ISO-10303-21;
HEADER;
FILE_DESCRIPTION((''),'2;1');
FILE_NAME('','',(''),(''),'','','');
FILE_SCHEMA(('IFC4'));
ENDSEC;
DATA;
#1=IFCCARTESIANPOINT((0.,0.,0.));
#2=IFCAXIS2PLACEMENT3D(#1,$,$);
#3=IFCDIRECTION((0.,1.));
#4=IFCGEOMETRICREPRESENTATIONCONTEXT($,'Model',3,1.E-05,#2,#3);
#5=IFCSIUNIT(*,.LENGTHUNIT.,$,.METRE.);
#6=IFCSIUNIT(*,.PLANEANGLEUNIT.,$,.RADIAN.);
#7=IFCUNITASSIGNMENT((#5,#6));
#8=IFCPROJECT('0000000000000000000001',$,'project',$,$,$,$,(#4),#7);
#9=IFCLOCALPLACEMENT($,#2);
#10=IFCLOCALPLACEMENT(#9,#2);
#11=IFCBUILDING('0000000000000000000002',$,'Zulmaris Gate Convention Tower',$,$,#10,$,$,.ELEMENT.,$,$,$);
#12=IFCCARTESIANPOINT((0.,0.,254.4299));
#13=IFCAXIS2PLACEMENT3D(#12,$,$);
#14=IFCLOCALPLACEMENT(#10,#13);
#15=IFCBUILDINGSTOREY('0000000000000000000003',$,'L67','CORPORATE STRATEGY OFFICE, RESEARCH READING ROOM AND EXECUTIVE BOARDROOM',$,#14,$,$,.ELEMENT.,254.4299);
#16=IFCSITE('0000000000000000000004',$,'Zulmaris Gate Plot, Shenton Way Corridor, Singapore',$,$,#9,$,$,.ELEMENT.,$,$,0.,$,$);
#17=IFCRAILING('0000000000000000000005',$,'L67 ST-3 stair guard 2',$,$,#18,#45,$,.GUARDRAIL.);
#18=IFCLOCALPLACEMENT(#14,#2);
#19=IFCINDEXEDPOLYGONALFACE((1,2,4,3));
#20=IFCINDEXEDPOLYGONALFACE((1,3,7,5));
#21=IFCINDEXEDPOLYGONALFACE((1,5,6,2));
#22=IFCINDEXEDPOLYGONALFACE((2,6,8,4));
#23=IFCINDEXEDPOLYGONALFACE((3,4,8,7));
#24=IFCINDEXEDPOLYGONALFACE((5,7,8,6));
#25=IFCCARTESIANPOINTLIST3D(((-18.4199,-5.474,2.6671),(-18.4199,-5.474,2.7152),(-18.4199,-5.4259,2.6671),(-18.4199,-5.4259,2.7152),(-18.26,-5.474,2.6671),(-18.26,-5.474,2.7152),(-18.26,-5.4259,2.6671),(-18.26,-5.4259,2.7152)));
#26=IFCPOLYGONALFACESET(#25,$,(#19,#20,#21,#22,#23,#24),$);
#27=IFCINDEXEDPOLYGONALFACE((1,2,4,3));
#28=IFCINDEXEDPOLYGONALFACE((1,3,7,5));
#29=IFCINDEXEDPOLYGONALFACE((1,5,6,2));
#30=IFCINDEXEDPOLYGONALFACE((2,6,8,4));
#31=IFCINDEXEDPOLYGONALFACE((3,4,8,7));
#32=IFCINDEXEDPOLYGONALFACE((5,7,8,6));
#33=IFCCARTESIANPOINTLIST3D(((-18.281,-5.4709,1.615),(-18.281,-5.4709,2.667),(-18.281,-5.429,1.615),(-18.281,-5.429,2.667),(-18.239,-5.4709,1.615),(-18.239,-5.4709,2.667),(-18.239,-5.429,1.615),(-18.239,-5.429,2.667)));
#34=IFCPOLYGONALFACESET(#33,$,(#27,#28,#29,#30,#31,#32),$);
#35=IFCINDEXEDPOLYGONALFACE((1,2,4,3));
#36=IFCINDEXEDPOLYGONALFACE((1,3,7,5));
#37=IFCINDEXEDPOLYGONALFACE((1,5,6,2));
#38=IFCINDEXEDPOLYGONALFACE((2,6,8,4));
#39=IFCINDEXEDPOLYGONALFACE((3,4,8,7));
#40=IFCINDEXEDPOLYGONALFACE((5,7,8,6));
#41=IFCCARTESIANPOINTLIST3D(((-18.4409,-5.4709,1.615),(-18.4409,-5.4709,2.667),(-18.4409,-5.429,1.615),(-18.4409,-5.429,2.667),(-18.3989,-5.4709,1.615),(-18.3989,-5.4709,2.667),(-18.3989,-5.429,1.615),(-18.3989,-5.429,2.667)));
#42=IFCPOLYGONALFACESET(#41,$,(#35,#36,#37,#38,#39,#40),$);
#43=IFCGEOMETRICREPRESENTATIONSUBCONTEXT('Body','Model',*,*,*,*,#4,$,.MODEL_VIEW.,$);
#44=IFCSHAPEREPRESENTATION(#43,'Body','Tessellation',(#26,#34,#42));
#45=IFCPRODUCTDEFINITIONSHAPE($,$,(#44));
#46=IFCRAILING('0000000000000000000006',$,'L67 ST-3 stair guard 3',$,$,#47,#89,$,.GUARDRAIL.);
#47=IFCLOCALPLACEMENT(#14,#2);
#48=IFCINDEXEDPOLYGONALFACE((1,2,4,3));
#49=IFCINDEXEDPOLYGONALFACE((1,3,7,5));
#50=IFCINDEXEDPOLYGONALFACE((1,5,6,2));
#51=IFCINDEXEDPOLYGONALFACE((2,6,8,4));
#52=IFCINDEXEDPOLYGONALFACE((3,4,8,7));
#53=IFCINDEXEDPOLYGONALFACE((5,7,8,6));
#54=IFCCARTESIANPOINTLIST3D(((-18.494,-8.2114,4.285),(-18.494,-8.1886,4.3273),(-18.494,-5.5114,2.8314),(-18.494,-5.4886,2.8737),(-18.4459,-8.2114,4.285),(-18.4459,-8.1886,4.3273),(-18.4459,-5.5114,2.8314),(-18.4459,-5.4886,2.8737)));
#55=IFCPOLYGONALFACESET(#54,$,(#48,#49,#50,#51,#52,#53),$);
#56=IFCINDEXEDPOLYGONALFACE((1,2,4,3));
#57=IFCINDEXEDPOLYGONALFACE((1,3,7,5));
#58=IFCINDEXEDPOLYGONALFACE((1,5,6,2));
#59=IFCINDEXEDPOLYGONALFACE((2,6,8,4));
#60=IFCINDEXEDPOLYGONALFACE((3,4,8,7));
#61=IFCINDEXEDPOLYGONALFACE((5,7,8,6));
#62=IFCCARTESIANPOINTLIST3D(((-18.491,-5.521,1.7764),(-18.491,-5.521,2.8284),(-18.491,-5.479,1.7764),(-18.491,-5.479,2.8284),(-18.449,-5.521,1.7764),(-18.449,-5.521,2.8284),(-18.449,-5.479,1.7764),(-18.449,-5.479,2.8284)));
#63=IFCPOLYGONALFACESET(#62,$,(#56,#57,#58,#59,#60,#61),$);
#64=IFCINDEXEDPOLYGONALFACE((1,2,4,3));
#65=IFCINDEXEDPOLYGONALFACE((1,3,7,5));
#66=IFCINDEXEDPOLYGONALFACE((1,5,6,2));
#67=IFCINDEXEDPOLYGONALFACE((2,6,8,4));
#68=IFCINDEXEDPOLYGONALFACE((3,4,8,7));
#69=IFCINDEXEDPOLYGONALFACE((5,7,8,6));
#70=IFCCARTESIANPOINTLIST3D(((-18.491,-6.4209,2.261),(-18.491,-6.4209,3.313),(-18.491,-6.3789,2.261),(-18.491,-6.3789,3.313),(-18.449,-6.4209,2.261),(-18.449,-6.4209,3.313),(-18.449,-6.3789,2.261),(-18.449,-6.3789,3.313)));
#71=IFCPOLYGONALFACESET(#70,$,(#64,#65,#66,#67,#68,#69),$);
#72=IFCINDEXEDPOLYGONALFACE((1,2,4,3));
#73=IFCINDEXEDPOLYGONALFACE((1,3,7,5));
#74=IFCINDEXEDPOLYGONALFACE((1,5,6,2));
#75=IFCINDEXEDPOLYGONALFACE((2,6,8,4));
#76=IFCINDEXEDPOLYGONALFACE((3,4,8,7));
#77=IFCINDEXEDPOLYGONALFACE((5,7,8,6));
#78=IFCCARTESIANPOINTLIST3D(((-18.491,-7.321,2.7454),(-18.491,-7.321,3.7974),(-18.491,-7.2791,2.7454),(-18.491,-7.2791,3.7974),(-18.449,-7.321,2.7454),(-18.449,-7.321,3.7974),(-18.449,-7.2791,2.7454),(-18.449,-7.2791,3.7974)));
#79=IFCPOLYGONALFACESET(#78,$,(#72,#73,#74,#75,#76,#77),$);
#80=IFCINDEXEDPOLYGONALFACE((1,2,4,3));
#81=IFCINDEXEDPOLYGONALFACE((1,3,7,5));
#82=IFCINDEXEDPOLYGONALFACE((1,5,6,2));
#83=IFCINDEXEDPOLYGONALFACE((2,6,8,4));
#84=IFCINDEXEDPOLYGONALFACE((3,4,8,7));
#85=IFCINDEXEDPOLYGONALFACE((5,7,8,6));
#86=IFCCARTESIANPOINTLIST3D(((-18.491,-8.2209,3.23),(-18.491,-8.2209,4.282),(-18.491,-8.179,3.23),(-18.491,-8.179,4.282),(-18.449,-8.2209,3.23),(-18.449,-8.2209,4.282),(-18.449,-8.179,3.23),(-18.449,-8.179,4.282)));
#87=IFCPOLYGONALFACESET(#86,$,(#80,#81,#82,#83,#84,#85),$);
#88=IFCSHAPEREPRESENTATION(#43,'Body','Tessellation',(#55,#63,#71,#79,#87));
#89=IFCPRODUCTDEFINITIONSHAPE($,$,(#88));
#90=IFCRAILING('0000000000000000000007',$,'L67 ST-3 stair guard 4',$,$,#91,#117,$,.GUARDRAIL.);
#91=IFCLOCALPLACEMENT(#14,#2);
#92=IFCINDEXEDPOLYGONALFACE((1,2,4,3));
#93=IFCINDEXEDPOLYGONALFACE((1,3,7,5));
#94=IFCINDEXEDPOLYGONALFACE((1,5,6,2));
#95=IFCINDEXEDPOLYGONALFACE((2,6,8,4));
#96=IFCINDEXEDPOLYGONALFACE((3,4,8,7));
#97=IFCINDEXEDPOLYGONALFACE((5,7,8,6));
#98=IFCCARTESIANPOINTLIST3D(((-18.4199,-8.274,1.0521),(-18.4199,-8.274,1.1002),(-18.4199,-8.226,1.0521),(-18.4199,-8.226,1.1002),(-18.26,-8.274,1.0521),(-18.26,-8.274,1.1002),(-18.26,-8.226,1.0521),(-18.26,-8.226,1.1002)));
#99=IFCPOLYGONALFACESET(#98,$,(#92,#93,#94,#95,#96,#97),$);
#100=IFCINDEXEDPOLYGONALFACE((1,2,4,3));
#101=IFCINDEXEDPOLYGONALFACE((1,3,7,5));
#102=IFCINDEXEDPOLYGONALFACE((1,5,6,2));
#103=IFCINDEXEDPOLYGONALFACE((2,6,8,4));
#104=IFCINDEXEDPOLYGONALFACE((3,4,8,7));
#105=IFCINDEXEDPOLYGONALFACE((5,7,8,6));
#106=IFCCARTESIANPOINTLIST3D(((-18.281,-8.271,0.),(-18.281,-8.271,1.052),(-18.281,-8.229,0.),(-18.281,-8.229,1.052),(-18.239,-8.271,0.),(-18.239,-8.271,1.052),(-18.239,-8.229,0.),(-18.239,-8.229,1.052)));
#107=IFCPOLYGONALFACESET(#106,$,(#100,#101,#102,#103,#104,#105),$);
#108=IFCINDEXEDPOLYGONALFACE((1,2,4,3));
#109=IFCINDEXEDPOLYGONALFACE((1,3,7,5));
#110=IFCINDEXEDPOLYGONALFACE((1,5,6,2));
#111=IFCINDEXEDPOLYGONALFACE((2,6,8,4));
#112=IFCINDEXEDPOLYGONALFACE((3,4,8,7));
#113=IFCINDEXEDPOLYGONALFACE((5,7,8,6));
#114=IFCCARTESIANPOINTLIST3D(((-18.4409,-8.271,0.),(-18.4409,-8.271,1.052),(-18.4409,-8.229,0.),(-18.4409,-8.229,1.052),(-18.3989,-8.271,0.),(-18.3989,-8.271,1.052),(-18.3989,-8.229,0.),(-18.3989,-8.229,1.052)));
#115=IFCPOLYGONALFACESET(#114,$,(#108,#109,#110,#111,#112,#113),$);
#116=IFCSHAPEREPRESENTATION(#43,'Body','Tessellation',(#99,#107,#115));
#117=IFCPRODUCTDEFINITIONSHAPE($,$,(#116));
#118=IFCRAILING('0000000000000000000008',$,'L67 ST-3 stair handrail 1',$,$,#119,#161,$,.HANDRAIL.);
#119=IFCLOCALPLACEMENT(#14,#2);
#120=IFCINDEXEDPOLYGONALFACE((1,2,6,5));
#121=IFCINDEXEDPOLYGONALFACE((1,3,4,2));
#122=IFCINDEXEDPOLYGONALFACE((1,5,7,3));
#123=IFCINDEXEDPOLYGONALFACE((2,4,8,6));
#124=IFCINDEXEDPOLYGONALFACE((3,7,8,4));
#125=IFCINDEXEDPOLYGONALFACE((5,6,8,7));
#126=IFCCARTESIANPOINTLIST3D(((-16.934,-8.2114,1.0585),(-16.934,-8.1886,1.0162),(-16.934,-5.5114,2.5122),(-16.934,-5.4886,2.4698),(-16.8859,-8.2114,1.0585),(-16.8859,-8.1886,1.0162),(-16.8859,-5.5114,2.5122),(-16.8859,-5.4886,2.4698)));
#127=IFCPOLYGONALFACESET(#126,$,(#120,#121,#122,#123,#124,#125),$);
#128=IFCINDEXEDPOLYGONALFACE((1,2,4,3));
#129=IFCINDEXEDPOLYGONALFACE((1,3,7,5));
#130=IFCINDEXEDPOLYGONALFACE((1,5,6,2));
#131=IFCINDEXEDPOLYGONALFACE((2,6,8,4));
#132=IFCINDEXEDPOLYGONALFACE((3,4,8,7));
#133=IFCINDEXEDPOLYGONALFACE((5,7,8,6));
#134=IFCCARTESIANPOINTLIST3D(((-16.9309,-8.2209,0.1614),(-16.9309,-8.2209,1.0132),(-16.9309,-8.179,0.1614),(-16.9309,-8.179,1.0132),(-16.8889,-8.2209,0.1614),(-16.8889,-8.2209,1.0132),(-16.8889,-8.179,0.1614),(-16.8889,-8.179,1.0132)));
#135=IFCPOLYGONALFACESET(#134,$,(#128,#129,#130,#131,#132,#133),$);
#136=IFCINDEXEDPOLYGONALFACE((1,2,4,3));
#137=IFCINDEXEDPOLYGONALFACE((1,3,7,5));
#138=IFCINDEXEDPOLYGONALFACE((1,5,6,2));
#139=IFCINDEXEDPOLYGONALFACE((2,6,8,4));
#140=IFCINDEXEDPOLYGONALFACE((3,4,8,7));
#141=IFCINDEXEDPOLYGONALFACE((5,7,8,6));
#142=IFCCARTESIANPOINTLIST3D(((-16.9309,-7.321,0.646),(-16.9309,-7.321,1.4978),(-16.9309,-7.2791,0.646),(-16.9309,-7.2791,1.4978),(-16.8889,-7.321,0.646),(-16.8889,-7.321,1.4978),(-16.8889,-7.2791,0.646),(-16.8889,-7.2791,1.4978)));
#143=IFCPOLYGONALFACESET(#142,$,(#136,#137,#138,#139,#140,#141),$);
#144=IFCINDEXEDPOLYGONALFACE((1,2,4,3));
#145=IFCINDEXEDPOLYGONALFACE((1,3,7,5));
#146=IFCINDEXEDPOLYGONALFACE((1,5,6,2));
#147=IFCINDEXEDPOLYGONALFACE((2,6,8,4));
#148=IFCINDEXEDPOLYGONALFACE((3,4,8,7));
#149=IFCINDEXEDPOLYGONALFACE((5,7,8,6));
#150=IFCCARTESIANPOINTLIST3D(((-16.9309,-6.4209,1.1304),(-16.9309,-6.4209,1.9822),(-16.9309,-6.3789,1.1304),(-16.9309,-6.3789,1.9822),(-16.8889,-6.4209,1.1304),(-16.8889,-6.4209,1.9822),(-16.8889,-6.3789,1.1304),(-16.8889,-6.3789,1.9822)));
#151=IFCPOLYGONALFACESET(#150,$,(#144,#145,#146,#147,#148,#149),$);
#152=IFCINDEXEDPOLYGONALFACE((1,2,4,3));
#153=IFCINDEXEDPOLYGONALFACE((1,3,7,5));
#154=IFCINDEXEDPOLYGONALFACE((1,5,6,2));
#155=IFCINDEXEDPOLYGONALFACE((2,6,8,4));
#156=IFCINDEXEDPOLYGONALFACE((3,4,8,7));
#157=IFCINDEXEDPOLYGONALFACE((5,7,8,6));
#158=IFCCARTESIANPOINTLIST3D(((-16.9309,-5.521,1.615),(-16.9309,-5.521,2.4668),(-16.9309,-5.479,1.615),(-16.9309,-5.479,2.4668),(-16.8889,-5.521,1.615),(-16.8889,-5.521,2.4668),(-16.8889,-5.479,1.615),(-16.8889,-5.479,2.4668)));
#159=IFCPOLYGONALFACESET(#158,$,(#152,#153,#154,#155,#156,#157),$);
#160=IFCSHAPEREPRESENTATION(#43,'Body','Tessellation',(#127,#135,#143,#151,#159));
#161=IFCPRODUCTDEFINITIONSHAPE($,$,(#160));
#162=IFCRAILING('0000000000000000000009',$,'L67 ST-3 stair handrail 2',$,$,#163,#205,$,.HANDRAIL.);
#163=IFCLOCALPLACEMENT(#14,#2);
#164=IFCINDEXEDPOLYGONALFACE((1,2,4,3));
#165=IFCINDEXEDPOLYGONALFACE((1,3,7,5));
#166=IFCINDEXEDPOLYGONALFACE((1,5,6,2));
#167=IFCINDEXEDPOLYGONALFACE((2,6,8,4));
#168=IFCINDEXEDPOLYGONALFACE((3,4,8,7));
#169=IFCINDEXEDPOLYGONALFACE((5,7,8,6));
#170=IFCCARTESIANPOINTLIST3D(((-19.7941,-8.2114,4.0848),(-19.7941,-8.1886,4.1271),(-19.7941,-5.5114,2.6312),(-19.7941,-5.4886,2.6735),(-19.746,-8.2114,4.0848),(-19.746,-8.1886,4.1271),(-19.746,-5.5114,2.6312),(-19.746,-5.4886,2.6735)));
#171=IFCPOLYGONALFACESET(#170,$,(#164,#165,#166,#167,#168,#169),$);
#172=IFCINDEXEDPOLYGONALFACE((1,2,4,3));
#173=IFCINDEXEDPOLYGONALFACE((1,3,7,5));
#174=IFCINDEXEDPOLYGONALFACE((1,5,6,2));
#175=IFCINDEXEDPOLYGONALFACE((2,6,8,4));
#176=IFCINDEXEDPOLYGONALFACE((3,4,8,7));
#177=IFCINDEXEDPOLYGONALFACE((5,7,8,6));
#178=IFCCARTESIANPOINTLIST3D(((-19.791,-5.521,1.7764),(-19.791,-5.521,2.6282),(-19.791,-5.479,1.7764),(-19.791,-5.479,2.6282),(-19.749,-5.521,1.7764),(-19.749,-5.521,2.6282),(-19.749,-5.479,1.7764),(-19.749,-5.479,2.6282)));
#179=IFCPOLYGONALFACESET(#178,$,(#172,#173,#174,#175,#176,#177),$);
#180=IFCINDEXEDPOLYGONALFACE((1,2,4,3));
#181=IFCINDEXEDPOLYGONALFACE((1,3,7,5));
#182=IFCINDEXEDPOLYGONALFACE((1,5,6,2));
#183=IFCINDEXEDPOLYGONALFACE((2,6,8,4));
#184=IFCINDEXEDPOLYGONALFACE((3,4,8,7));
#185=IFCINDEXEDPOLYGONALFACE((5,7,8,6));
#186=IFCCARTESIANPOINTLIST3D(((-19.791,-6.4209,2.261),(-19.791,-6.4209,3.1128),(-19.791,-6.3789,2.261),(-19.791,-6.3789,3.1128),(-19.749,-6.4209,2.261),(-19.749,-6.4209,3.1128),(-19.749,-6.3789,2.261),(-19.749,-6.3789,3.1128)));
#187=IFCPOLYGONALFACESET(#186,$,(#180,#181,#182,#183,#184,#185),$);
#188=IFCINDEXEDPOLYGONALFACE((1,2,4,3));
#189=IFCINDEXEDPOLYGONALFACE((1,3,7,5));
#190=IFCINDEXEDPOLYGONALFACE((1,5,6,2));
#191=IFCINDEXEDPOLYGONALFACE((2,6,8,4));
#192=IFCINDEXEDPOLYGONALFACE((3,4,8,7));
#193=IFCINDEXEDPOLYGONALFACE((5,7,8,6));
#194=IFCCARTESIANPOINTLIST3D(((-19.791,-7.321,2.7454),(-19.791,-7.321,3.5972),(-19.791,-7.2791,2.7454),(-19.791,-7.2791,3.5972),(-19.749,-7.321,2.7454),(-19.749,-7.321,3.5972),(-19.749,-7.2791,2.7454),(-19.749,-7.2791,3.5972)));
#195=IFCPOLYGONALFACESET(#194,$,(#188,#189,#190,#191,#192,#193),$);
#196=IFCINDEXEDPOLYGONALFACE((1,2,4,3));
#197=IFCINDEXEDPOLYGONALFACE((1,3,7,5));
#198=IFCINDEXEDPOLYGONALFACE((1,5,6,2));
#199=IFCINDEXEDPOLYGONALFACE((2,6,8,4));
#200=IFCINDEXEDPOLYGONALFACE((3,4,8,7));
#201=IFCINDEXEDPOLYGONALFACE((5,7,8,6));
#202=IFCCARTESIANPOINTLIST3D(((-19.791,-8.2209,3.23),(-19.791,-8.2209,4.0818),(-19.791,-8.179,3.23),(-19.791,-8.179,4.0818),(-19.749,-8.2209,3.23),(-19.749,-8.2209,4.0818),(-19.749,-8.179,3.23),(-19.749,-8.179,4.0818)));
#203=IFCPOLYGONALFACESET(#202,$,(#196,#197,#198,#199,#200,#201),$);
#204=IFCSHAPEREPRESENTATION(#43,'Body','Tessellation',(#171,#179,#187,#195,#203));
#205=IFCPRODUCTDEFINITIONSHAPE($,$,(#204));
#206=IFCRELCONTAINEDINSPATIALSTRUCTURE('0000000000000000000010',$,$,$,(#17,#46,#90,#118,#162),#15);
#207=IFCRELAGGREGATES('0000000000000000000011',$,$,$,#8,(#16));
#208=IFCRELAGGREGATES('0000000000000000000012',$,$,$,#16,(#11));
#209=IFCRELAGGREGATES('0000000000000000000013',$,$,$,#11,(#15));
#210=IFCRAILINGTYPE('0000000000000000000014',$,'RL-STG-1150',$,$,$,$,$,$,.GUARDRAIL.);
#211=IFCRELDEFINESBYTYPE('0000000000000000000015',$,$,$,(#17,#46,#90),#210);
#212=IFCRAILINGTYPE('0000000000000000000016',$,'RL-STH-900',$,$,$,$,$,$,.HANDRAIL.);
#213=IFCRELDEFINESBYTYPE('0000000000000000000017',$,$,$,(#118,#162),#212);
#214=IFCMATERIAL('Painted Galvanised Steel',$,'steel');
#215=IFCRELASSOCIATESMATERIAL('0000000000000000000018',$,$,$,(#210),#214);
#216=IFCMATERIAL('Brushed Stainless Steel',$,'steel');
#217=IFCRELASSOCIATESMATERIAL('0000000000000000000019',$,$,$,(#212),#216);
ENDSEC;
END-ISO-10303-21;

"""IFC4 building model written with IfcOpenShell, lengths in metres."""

from ifc_helpers import new_model, si_unit, direction, frame, origin, origin_2d, place, context, subcontext, project, spatial, rectangle, extrude, material, type_object, element, save


model = new_model("IFC4")

# Units and contexts
model_context = context("Model", 3, precision=1e-05, world=origin(), true_north=direction((0.0, 1.0)))
body_context = subcontext(model_context, "Body", "Model", "MODEL_VIEW")
ifc_project = project(units=[si_unit("LENGTHUNIT", "METRE"), si_unit("PLANEANGLEUNIT", "RADIAN")], contexts=[model_context])

# Site, building, storey
site_placement = place(None, origin())
site = spatial("IfcSite", under=ifc_project, at=site_placement, Name="Zulmaris Gate Plot, Shenton Way Corridor, Singapore", CompositionType="ELEMENT", RefElevation=0.0)
building_placement = place(site_placement, origin())
building = spatial("IfcBuilding", under=site, at=building_placement, Name="Zulmaris Gate Convention Tower", CompositionType="ELEMENT")
storey_placement = place(building_placement, frame((0.0, 0.0, 254.4299)))
storey = spatial("IfcBuildingStorey", under=building, at=storey_placement, Name="L67", Description="CORPORATE STRATEGY OFFICE, RESEARCH READING ROOM AND EXECUTIVE BOARDROOM", CompositionType="ELEMENT", Elevation=254.4299)

# Shared definitions
ifc_material_1 = material(Name="Brushed Stainless Steel", Category="steel")

# Railings
ifc_material_2 = material(Name="Painted Galvanised Steel", Category="steel")
railing_type_1 = type_object("IfcRailingType", Name="RL-STG-1150", PredefinedType="GUARDRAIL", material=ifc_material_2)
railing_1_placement = place(storey_placement, frame((-18.26, -5.45, 1.615)))
element("IfcRailing", 1, at=railing_1_placement, inside=storey, type_object=railing_type_1, Name="L67 ST-3 stair guard 2", PredefinedType="GUARDRAIL", context=body_context, shape_type="SweptSolid", body=[
    extrude(rectangle(XDim=0.0481, YDim=0.0481, at=origin_2d()), frame((0.0, 0.0, 1.0762), z_axis=(-1.0, 0.0, 0.0), x_axis=(0.0, -1.0, 0.0)), (0.0, 0.0, 1.0), 0.1599),
    extrude(rectangle(XDim=0.042, YDim=0.042, at=origin_2d()), origin(), (0.0, 0.0, 1.0), 1.052),
    extrude(rectangle(XDim=0.042, YDim=0.042, at=origin_2d()), frame((-0.1599, 0.0, 0.0)), (0.0, 0.0, 1.0), 1.052),
])
railing_2_placement = place(storey_placement, frame((-18.47, -5.5, 1.7764)))
element("IfcRailing", 2, at=railing_2_placement, inside=storey, type_object=railing_type_1, Name="L67 ST-3 stair guard 3", PredefinedType="GUARDRAIL", context=body_context, shape_type="SweptSolid", body=[
    extrude(rectangle(XDim=0.0481, YDim=0.0481, at=origin_2d()), frame((0.0, 0.0, 1.0762), z_axis=(0.0, -0.880499, 0.474048), x_axis=(1.0, 0.0, 0.0)), (0.0, 0.0, 1.0), 3.0664),
    extrude(rectangle(XDim=0.042, YDim=0.042, at=origin_2d()), origin(), (0.0, 0.0, 1.0), 1.052),
    extrude(rectangle(XDim=0.042, YDim=0.042, at=origin_2d()), frame((0.0, -0.8999, 0.4846)), (0.0, 0.0, 1.0), 1.052),
    extrude(rectangle(XDim=0.042, YDim=0.042, at=origin_2d()), frame((0.0, -1.8, 0.969)), (0.0, 0.0, 1.0), 1.052),
    extrude(rectangle(XDim=0.042, YDim=0.042, at=origin_2d()), frame((0.0, -2.7, 1.4536)), (0.0, 0.0, 1.0), 1.052),
])
railing_3_placement = place(storey_placement, frame((-18.26, -8.25, 0.0)))
element("IfcRailing", 3, at=railing_3_placement, inside=storey, type_object=railing_type_1, Name="L67 ST-3 stair guard 4", PredefinedType="GUARDRAIL", context=body_context, shape_type="SweptSolid", body=[
    extrude(rectangle(XDim=0.0481, YDim=0.0481, at=origin_2d()), frame((0.0, 0.0, 1.0762), z_axis=(-1.0, 0.0, 0.0), x_axis=(0.0, -1.0, 0.0)), (0.0, 0.0, 1.0), 0.1599),
    extrude(rectangle(XDim=0.042, YDim=0.042, at=origin_2d()), origin(), (0.0, 0.0, 1.0), 1.052),
    extrude(rectangle(XDim=0.042, YDim=0.042, at=origin_2d()), frame((-0.1599, 0.0, 0.0)), (0.0, 0.0, 1.0), 1.052),
])
railing_type_2 = type_object("IfcRailingType", Name="RL-STH-900", PredefinedType="HANDRAIL", material=ifc_material_1)
railing_4_placement = place(storey_placement, frame((-16.9099, -8.2, 0.1614)))
element("IfcRailing", 4, at=railing_4_placement, inside=storey, type_object=railing_type_2, Name="L67 ST-3 stair handrail 1", PredefinedType="HANDRAIL", context=body_context, shape_type="SweptSolid", body=[
    extrude(rectangle(XDim=0.0481, YDim=0.0481, at=origin_2d()), frame((0.0, 0.0, 0.876), z_axis=(0.0, 0.880499, 0.474048), x_axis=(-1.0, 0.0, 0.0)), (0.0, 0.0, 1.0), 3.0664),
    extrude(rectangle(XDim=0.042, YDim=0.042, at=origin_2d()), origin(), (0.0, 0.0, 1.0), 0.8518),
    extrude(rectangle(XDim=0.042, YDim=0.042, at=origin_2d()), frame((0.0, 0.8999, 0.4846)), (0.0, 0.0, 1.0), 0.8518),
    extrude(rectangle(XDim=0.042, YDim=0.042, at=origin_2d()), frame((0.0, 1.8, 0.969)), (0.0, 0.0, 1.0), 0.8518),
    extrude(rectangle(XDim=0.042, YDim=0.042, at=origin_2d()), frame((0.0, 2.7, 1.4536)), (0.0, 0.0, 1.0), 0.8518),
])
railing_5_placement = place(storey_placement, frame((-19.77, -5.5, 1.7764)))
element("IfcRailing", 5, at=railing_5_placement, inside=storey, type_object=railing_type_2, Name="L67 ST-3 stair handrail 2", PredefinedType="HANDRAIL", context=body_context, shape_type="SweptSolid", body=[
    extrude(rectangle(XDim=0.0481, YDim=0.0481, at=origin_2d()), frame((0.0, 0.0, 0.876), z_axis=(0.0, -0.880499, 0.474048), x_axis=(1.0, 0.0, 0.0)), (0.0, 0.0, 1.0), 3.0664),
    extrude(rectangle(XDim=0.042, YDim=0.042, at=origin_2d()), origin(), (0.0, 0.0, 1.0), 0.8518),
    extrude(rectangle(XDim=0.042, YDim=0.042, at=origin_2d()), frame((0.0, -0.8999, 0.4846)), (0.0, 0.0, 1.0), 0.8518),
    extrude(rectangle(XDim=0.042, YDim=0.042, at=origin_2d()), frame((0.0, -1.8, 0.969)), (0.0, 0.0, 1.0), 0.8518),
    extrude(rectangle(XDim=0.042, YDim=0.042, at=origin_2d()), frame((0.0, -2.7, 1.4536)), (0.0, 0.0, 1.0), 0.8518),
])

save(model, "model.ifc")
